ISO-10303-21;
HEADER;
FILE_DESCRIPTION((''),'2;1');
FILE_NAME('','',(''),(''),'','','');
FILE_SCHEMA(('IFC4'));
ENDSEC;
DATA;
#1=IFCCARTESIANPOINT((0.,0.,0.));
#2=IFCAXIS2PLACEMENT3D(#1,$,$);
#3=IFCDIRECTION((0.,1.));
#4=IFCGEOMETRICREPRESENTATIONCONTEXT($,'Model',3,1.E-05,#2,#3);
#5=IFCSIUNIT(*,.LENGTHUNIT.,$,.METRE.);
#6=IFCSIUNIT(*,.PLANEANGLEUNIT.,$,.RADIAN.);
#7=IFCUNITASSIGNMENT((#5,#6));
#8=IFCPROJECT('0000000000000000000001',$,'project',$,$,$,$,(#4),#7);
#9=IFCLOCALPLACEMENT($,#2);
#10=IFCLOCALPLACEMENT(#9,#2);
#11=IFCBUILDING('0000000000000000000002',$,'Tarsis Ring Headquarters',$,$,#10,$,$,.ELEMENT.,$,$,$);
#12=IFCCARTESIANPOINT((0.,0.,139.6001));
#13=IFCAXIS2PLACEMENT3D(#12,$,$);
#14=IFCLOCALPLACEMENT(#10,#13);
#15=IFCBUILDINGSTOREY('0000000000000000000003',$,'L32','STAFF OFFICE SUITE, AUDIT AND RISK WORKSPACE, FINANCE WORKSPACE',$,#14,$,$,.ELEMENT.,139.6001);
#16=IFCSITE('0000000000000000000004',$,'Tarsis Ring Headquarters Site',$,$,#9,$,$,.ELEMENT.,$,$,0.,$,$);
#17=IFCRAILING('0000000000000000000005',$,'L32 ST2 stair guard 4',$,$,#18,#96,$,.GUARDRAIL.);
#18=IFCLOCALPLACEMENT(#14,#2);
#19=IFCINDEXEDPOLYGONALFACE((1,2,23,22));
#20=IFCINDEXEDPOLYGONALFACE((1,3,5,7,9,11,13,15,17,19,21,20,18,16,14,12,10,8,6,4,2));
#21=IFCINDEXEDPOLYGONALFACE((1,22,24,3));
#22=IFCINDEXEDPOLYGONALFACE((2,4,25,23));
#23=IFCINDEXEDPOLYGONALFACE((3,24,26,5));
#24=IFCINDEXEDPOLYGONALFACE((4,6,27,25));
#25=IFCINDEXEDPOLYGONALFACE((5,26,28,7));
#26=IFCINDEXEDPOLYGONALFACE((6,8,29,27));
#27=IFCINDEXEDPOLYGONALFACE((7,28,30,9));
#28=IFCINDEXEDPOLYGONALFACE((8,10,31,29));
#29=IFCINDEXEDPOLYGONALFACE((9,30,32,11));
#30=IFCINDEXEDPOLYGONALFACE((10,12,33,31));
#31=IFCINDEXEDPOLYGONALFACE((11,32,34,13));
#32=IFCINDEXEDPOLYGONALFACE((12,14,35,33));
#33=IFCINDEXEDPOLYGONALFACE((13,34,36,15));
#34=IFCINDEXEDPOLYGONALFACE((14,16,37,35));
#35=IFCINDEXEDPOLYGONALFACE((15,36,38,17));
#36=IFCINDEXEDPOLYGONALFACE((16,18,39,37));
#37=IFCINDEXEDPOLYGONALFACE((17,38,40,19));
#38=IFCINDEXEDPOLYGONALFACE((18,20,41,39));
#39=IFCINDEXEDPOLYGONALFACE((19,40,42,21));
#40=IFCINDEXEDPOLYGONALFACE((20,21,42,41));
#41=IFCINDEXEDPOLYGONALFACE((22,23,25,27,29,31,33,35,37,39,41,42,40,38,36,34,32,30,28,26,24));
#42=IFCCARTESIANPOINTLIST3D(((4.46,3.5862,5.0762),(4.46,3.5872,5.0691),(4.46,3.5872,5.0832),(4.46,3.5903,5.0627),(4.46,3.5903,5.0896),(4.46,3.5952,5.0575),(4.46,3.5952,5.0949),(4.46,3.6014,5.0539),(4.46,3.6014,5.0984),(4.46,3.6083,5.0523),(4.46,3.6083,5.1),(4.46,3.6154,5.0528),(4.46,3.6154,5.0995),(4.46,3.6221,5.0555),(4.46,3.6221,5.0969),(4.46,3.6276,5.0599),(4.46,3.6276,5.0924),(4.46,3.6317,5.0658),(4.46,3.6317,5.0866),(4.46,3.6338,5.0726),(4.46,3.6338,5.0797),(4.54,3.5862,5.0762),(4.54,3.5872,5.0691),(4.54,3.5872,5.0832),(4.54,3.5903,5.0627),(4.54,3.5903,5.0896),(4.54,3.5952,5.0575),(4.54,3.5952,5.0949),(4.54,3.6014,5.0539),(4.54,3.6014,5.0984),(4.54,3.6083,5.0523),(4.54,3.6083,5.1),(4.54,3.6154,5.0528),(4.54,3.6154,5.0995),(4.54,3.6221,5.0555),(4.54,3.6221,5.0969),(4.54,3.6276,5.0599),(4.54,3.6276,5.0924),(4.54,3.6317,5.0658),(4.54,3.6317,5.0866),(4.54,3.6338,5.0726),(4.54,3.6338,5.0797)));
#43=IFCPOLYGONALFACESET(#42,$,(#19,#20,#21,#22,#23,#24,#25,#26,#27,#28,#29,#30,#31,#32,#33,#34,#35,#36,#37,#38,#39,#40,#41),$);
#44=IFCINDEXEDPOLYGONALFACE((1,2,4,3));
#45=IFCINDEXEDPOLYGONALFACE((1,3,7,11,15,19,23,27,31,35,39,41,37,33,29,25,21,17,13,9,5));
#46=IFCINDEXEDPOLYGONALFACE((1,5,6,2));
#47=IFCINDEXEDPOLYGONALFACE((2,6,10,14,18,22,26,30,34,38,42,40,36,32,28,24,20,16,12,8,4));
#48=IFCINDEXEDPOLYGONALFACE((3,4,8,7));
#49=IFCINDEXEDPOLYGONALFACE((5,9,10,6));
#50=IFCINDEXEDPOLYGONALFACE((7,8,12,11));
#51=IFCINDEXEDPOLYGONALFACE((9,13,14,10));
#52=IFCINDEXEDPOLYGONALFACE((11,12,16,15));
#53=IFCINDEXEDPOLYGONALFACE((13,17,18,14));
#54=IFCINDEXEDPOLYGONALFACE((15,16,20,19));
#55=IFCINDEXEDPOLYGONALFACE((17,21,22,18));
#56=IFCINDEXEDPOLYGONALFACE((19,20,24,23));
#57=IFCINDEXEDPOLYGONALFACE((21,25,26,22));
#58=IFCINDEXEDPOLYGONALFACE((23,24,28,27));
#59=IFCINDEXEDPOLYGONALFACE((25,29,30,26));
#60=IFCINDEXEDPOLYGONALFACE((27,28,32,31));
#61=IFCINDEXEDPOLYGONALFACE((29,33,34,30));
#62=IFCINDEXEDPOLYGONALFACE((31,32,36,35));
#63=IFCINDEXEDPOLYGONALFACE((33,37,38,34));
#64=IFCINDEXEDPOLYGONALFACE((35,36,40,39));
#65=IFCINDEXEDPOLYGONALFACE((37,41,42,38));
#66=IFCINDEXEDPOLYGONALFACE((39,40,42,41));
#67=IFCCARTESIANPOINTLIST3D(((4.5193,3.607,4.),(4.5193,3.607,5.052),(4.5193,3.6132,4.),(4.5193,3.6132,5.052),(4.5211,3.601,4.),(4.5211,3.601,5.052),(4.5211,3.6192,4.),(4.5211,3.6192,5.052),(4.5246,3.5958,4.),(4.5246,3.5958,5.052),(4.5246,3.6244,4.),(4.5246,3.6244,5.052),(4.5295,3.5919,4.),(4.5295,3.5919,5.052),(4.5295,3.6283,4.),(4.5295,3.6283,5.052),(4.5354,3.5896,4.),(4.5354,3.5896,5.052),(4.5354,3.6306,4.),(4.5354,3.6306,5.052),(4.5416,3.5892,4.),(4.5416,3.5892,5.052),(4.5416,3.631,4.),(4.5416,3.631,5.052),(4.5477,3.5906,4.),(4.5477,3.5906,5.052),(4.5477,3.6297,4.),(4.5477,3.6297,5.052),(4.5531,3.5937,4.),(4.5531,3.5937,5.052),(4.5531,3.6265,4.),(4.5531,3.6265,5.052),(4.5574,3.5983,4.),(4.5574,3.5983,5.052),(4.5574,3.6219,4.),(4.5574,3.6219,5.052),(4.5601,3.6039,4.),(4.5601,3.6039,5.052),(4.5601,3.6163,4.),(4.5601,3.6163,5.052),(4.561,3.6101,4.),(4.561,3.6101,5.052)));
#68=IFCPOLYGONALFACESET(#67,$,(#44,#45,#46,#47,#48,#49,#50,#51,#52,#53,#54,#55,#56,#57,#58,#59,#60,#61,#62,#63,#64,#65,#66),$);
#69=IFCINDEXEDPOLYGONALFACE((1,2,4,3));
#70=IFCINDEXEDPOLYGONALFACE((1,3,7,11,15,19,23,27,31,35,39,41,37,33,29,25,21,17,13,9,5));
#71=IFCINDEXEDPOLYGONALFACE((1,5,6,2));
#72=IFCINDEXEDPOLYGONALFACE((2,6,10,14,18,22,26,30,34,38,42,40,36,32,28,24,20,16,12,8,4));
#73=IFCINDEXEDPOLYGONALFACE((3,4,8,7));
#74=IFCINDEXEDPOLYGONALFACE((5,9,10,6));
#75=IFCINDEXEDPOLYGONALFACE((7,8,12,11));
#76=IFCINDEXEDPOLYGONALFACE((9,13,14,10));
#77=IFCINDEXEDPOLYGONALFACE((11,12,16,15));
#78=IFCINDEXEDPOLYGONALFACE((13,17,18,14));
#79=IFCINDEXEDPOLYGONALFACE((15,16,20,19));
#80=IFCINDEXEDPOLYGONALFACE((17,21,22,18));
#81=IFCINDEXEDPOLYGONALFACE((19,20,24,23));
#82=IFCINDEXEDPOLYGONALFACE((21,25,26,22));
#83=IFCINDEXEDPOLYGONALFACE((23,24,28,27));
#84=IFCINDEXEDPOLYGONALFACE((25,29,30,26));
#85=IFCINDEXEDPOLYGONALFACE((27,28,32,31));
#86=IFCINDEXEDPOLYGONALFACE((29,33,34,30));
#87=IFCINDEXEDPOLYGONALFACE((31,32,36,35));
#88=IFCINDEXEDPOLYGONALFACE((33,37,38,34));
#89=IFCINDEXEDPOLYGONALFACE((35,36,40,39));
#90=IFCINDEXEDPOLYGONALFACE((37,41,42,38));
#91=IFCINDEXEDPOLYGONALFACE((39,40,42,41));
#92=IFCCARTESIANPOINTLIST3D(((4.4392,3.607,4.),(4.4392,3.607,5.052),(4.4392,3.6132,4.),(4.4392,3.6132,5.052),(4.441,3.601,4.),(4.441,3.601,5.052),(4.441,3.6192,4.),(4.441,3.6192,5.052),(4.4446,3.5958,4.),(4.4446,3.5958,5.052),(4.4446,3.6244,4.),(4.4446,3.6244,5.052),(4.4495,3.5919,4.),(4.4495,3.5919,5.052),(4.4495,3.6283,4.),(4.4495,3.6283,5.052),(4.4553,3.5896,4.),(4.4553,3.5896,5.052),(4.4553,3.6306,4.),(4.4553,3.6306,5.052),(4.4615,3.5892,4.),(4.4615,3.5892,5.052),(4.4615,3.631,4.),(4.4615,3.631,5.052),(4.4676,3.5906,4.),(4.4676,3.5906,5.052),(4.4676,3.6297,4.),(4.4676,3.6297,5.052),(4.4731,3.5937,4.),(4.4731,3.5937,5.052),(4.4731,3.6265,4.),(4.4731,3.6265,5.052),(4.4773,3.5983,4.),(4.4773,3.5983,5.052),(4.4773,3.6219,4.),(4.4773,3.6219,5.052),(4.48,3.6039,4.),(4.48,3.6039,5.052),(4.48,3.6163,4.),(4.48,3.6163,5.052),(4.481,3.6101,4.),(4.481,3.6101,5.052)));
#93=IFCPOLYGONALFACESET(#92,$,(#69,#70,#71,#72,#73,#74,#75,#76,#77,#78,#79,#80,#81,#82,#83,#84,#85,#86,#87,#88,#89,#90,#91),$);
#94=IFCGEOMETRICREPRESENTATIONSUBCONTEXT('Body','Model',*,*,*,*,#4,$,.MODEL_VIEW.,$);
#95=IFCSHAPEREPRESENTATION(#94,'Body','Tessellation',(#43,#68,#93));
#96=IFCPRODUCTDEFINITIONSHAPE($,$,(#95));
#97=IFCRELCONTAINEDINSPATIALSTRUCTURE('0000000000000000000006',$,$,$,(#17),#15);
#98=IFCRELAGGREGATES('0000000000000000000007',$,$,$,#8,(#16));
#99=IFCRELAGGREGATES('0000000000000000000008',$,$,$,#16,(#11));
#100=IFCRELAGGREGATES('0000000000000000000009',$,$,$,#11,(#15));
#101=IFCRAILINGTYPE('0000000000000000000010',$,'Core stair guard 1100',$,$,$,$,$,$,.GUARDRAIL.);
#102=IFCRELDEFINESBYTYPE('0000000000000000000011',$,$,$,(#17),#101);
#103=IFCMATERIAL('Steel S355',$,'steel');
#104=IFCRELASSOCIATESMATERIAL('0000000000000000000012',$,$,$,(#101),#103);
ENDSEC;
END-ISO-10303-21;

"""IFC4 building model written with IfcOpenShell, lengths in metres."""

from ifc_helpers import new_model, si_unit, direction, frame, origin, origin_2d, place, context, subcontext, project, spatial, circle, extrude, material, type_object, element, save


model = new_model("IFC4")

# Units and contexts
model_context = context("Model", 3, precision=1e-05, world=origin(), true_north=direction((0.0, 1.0)))
body_context = subcontext(model_context, "Body", "Model", "MODEL_VIEW")
ifc_project = project(units=[si_unit("LENGTHUNIT", "METRE"), si_unit("PLANEANGLEUNIT", "RADIAN")], contexts=[model_context])

# Site, building, storey
site_placement = place(None, origin())
site = spatial("IfcSite", under=ifc_project, at=site_placement, Name="Tarsis Ring Headquarters Site", CompositionType="ELEMENT", RefElevation=0.0)
building_placement = place(site_placement, origin())
building = spatial("IfcBuilding", under=site, at=building_placement, Name="Tarsis Ring Headquarters", CompositionType="ELEMENT")
storey_placement = place(building_placement, frame((0.0, 0.0, 139.6001)))
storey = spatial("IfcBuildingStorey", under=building, at=storey_placement, Name="L32", Description="STAFF OFFICE SUITE, AUDIT AND RISK WORKSPACE, FINANCE WORKSPACE", CompositionType="ELEMENT", Elevation=139.6001)

# Shared definitions
ifc_material_1 = material(Name="Steel S355", Category="steel")

# Railing
railing_type_1 = type_object("IfcRailingType", Name="Core stair guard 1100", PredefinedType="GUARDRAIL", material=ifc_material_1)
railing_1_placement = place(storey_placement, frame((4.54, 3.6101, 4.0)))
element("IfcRailing", 1, at=railing_1_placement, inside=storey, type_object=railing_type_1, Name="L32 ST2 stair guard 4", PredefinedType="GUARDRAIL", context=body_context, shape_type="SweptSolid", body=[
    extrude(circle(Radius=0.0239, at=origin_2d()), frame((0.0, 0.0, 1.0762), z_axis=(-1.0, 0.0, 0.0), x_axis=(0.0, -1.0, 0.0)), (0.0, 0.0, 1.0), 0.0801),
    extrude(circle(Radius=0.021, at=origin_2d()), origin(), (0.0, 0.0, 1.0), 1.052),
    extrude(circle(Radius=0.021, at=origin_2d()), frame((-0.0801, 0.0, 0.0)), (0.0, 0.0, 1.0), 1.052),
])

save(model, "model.ifc")
